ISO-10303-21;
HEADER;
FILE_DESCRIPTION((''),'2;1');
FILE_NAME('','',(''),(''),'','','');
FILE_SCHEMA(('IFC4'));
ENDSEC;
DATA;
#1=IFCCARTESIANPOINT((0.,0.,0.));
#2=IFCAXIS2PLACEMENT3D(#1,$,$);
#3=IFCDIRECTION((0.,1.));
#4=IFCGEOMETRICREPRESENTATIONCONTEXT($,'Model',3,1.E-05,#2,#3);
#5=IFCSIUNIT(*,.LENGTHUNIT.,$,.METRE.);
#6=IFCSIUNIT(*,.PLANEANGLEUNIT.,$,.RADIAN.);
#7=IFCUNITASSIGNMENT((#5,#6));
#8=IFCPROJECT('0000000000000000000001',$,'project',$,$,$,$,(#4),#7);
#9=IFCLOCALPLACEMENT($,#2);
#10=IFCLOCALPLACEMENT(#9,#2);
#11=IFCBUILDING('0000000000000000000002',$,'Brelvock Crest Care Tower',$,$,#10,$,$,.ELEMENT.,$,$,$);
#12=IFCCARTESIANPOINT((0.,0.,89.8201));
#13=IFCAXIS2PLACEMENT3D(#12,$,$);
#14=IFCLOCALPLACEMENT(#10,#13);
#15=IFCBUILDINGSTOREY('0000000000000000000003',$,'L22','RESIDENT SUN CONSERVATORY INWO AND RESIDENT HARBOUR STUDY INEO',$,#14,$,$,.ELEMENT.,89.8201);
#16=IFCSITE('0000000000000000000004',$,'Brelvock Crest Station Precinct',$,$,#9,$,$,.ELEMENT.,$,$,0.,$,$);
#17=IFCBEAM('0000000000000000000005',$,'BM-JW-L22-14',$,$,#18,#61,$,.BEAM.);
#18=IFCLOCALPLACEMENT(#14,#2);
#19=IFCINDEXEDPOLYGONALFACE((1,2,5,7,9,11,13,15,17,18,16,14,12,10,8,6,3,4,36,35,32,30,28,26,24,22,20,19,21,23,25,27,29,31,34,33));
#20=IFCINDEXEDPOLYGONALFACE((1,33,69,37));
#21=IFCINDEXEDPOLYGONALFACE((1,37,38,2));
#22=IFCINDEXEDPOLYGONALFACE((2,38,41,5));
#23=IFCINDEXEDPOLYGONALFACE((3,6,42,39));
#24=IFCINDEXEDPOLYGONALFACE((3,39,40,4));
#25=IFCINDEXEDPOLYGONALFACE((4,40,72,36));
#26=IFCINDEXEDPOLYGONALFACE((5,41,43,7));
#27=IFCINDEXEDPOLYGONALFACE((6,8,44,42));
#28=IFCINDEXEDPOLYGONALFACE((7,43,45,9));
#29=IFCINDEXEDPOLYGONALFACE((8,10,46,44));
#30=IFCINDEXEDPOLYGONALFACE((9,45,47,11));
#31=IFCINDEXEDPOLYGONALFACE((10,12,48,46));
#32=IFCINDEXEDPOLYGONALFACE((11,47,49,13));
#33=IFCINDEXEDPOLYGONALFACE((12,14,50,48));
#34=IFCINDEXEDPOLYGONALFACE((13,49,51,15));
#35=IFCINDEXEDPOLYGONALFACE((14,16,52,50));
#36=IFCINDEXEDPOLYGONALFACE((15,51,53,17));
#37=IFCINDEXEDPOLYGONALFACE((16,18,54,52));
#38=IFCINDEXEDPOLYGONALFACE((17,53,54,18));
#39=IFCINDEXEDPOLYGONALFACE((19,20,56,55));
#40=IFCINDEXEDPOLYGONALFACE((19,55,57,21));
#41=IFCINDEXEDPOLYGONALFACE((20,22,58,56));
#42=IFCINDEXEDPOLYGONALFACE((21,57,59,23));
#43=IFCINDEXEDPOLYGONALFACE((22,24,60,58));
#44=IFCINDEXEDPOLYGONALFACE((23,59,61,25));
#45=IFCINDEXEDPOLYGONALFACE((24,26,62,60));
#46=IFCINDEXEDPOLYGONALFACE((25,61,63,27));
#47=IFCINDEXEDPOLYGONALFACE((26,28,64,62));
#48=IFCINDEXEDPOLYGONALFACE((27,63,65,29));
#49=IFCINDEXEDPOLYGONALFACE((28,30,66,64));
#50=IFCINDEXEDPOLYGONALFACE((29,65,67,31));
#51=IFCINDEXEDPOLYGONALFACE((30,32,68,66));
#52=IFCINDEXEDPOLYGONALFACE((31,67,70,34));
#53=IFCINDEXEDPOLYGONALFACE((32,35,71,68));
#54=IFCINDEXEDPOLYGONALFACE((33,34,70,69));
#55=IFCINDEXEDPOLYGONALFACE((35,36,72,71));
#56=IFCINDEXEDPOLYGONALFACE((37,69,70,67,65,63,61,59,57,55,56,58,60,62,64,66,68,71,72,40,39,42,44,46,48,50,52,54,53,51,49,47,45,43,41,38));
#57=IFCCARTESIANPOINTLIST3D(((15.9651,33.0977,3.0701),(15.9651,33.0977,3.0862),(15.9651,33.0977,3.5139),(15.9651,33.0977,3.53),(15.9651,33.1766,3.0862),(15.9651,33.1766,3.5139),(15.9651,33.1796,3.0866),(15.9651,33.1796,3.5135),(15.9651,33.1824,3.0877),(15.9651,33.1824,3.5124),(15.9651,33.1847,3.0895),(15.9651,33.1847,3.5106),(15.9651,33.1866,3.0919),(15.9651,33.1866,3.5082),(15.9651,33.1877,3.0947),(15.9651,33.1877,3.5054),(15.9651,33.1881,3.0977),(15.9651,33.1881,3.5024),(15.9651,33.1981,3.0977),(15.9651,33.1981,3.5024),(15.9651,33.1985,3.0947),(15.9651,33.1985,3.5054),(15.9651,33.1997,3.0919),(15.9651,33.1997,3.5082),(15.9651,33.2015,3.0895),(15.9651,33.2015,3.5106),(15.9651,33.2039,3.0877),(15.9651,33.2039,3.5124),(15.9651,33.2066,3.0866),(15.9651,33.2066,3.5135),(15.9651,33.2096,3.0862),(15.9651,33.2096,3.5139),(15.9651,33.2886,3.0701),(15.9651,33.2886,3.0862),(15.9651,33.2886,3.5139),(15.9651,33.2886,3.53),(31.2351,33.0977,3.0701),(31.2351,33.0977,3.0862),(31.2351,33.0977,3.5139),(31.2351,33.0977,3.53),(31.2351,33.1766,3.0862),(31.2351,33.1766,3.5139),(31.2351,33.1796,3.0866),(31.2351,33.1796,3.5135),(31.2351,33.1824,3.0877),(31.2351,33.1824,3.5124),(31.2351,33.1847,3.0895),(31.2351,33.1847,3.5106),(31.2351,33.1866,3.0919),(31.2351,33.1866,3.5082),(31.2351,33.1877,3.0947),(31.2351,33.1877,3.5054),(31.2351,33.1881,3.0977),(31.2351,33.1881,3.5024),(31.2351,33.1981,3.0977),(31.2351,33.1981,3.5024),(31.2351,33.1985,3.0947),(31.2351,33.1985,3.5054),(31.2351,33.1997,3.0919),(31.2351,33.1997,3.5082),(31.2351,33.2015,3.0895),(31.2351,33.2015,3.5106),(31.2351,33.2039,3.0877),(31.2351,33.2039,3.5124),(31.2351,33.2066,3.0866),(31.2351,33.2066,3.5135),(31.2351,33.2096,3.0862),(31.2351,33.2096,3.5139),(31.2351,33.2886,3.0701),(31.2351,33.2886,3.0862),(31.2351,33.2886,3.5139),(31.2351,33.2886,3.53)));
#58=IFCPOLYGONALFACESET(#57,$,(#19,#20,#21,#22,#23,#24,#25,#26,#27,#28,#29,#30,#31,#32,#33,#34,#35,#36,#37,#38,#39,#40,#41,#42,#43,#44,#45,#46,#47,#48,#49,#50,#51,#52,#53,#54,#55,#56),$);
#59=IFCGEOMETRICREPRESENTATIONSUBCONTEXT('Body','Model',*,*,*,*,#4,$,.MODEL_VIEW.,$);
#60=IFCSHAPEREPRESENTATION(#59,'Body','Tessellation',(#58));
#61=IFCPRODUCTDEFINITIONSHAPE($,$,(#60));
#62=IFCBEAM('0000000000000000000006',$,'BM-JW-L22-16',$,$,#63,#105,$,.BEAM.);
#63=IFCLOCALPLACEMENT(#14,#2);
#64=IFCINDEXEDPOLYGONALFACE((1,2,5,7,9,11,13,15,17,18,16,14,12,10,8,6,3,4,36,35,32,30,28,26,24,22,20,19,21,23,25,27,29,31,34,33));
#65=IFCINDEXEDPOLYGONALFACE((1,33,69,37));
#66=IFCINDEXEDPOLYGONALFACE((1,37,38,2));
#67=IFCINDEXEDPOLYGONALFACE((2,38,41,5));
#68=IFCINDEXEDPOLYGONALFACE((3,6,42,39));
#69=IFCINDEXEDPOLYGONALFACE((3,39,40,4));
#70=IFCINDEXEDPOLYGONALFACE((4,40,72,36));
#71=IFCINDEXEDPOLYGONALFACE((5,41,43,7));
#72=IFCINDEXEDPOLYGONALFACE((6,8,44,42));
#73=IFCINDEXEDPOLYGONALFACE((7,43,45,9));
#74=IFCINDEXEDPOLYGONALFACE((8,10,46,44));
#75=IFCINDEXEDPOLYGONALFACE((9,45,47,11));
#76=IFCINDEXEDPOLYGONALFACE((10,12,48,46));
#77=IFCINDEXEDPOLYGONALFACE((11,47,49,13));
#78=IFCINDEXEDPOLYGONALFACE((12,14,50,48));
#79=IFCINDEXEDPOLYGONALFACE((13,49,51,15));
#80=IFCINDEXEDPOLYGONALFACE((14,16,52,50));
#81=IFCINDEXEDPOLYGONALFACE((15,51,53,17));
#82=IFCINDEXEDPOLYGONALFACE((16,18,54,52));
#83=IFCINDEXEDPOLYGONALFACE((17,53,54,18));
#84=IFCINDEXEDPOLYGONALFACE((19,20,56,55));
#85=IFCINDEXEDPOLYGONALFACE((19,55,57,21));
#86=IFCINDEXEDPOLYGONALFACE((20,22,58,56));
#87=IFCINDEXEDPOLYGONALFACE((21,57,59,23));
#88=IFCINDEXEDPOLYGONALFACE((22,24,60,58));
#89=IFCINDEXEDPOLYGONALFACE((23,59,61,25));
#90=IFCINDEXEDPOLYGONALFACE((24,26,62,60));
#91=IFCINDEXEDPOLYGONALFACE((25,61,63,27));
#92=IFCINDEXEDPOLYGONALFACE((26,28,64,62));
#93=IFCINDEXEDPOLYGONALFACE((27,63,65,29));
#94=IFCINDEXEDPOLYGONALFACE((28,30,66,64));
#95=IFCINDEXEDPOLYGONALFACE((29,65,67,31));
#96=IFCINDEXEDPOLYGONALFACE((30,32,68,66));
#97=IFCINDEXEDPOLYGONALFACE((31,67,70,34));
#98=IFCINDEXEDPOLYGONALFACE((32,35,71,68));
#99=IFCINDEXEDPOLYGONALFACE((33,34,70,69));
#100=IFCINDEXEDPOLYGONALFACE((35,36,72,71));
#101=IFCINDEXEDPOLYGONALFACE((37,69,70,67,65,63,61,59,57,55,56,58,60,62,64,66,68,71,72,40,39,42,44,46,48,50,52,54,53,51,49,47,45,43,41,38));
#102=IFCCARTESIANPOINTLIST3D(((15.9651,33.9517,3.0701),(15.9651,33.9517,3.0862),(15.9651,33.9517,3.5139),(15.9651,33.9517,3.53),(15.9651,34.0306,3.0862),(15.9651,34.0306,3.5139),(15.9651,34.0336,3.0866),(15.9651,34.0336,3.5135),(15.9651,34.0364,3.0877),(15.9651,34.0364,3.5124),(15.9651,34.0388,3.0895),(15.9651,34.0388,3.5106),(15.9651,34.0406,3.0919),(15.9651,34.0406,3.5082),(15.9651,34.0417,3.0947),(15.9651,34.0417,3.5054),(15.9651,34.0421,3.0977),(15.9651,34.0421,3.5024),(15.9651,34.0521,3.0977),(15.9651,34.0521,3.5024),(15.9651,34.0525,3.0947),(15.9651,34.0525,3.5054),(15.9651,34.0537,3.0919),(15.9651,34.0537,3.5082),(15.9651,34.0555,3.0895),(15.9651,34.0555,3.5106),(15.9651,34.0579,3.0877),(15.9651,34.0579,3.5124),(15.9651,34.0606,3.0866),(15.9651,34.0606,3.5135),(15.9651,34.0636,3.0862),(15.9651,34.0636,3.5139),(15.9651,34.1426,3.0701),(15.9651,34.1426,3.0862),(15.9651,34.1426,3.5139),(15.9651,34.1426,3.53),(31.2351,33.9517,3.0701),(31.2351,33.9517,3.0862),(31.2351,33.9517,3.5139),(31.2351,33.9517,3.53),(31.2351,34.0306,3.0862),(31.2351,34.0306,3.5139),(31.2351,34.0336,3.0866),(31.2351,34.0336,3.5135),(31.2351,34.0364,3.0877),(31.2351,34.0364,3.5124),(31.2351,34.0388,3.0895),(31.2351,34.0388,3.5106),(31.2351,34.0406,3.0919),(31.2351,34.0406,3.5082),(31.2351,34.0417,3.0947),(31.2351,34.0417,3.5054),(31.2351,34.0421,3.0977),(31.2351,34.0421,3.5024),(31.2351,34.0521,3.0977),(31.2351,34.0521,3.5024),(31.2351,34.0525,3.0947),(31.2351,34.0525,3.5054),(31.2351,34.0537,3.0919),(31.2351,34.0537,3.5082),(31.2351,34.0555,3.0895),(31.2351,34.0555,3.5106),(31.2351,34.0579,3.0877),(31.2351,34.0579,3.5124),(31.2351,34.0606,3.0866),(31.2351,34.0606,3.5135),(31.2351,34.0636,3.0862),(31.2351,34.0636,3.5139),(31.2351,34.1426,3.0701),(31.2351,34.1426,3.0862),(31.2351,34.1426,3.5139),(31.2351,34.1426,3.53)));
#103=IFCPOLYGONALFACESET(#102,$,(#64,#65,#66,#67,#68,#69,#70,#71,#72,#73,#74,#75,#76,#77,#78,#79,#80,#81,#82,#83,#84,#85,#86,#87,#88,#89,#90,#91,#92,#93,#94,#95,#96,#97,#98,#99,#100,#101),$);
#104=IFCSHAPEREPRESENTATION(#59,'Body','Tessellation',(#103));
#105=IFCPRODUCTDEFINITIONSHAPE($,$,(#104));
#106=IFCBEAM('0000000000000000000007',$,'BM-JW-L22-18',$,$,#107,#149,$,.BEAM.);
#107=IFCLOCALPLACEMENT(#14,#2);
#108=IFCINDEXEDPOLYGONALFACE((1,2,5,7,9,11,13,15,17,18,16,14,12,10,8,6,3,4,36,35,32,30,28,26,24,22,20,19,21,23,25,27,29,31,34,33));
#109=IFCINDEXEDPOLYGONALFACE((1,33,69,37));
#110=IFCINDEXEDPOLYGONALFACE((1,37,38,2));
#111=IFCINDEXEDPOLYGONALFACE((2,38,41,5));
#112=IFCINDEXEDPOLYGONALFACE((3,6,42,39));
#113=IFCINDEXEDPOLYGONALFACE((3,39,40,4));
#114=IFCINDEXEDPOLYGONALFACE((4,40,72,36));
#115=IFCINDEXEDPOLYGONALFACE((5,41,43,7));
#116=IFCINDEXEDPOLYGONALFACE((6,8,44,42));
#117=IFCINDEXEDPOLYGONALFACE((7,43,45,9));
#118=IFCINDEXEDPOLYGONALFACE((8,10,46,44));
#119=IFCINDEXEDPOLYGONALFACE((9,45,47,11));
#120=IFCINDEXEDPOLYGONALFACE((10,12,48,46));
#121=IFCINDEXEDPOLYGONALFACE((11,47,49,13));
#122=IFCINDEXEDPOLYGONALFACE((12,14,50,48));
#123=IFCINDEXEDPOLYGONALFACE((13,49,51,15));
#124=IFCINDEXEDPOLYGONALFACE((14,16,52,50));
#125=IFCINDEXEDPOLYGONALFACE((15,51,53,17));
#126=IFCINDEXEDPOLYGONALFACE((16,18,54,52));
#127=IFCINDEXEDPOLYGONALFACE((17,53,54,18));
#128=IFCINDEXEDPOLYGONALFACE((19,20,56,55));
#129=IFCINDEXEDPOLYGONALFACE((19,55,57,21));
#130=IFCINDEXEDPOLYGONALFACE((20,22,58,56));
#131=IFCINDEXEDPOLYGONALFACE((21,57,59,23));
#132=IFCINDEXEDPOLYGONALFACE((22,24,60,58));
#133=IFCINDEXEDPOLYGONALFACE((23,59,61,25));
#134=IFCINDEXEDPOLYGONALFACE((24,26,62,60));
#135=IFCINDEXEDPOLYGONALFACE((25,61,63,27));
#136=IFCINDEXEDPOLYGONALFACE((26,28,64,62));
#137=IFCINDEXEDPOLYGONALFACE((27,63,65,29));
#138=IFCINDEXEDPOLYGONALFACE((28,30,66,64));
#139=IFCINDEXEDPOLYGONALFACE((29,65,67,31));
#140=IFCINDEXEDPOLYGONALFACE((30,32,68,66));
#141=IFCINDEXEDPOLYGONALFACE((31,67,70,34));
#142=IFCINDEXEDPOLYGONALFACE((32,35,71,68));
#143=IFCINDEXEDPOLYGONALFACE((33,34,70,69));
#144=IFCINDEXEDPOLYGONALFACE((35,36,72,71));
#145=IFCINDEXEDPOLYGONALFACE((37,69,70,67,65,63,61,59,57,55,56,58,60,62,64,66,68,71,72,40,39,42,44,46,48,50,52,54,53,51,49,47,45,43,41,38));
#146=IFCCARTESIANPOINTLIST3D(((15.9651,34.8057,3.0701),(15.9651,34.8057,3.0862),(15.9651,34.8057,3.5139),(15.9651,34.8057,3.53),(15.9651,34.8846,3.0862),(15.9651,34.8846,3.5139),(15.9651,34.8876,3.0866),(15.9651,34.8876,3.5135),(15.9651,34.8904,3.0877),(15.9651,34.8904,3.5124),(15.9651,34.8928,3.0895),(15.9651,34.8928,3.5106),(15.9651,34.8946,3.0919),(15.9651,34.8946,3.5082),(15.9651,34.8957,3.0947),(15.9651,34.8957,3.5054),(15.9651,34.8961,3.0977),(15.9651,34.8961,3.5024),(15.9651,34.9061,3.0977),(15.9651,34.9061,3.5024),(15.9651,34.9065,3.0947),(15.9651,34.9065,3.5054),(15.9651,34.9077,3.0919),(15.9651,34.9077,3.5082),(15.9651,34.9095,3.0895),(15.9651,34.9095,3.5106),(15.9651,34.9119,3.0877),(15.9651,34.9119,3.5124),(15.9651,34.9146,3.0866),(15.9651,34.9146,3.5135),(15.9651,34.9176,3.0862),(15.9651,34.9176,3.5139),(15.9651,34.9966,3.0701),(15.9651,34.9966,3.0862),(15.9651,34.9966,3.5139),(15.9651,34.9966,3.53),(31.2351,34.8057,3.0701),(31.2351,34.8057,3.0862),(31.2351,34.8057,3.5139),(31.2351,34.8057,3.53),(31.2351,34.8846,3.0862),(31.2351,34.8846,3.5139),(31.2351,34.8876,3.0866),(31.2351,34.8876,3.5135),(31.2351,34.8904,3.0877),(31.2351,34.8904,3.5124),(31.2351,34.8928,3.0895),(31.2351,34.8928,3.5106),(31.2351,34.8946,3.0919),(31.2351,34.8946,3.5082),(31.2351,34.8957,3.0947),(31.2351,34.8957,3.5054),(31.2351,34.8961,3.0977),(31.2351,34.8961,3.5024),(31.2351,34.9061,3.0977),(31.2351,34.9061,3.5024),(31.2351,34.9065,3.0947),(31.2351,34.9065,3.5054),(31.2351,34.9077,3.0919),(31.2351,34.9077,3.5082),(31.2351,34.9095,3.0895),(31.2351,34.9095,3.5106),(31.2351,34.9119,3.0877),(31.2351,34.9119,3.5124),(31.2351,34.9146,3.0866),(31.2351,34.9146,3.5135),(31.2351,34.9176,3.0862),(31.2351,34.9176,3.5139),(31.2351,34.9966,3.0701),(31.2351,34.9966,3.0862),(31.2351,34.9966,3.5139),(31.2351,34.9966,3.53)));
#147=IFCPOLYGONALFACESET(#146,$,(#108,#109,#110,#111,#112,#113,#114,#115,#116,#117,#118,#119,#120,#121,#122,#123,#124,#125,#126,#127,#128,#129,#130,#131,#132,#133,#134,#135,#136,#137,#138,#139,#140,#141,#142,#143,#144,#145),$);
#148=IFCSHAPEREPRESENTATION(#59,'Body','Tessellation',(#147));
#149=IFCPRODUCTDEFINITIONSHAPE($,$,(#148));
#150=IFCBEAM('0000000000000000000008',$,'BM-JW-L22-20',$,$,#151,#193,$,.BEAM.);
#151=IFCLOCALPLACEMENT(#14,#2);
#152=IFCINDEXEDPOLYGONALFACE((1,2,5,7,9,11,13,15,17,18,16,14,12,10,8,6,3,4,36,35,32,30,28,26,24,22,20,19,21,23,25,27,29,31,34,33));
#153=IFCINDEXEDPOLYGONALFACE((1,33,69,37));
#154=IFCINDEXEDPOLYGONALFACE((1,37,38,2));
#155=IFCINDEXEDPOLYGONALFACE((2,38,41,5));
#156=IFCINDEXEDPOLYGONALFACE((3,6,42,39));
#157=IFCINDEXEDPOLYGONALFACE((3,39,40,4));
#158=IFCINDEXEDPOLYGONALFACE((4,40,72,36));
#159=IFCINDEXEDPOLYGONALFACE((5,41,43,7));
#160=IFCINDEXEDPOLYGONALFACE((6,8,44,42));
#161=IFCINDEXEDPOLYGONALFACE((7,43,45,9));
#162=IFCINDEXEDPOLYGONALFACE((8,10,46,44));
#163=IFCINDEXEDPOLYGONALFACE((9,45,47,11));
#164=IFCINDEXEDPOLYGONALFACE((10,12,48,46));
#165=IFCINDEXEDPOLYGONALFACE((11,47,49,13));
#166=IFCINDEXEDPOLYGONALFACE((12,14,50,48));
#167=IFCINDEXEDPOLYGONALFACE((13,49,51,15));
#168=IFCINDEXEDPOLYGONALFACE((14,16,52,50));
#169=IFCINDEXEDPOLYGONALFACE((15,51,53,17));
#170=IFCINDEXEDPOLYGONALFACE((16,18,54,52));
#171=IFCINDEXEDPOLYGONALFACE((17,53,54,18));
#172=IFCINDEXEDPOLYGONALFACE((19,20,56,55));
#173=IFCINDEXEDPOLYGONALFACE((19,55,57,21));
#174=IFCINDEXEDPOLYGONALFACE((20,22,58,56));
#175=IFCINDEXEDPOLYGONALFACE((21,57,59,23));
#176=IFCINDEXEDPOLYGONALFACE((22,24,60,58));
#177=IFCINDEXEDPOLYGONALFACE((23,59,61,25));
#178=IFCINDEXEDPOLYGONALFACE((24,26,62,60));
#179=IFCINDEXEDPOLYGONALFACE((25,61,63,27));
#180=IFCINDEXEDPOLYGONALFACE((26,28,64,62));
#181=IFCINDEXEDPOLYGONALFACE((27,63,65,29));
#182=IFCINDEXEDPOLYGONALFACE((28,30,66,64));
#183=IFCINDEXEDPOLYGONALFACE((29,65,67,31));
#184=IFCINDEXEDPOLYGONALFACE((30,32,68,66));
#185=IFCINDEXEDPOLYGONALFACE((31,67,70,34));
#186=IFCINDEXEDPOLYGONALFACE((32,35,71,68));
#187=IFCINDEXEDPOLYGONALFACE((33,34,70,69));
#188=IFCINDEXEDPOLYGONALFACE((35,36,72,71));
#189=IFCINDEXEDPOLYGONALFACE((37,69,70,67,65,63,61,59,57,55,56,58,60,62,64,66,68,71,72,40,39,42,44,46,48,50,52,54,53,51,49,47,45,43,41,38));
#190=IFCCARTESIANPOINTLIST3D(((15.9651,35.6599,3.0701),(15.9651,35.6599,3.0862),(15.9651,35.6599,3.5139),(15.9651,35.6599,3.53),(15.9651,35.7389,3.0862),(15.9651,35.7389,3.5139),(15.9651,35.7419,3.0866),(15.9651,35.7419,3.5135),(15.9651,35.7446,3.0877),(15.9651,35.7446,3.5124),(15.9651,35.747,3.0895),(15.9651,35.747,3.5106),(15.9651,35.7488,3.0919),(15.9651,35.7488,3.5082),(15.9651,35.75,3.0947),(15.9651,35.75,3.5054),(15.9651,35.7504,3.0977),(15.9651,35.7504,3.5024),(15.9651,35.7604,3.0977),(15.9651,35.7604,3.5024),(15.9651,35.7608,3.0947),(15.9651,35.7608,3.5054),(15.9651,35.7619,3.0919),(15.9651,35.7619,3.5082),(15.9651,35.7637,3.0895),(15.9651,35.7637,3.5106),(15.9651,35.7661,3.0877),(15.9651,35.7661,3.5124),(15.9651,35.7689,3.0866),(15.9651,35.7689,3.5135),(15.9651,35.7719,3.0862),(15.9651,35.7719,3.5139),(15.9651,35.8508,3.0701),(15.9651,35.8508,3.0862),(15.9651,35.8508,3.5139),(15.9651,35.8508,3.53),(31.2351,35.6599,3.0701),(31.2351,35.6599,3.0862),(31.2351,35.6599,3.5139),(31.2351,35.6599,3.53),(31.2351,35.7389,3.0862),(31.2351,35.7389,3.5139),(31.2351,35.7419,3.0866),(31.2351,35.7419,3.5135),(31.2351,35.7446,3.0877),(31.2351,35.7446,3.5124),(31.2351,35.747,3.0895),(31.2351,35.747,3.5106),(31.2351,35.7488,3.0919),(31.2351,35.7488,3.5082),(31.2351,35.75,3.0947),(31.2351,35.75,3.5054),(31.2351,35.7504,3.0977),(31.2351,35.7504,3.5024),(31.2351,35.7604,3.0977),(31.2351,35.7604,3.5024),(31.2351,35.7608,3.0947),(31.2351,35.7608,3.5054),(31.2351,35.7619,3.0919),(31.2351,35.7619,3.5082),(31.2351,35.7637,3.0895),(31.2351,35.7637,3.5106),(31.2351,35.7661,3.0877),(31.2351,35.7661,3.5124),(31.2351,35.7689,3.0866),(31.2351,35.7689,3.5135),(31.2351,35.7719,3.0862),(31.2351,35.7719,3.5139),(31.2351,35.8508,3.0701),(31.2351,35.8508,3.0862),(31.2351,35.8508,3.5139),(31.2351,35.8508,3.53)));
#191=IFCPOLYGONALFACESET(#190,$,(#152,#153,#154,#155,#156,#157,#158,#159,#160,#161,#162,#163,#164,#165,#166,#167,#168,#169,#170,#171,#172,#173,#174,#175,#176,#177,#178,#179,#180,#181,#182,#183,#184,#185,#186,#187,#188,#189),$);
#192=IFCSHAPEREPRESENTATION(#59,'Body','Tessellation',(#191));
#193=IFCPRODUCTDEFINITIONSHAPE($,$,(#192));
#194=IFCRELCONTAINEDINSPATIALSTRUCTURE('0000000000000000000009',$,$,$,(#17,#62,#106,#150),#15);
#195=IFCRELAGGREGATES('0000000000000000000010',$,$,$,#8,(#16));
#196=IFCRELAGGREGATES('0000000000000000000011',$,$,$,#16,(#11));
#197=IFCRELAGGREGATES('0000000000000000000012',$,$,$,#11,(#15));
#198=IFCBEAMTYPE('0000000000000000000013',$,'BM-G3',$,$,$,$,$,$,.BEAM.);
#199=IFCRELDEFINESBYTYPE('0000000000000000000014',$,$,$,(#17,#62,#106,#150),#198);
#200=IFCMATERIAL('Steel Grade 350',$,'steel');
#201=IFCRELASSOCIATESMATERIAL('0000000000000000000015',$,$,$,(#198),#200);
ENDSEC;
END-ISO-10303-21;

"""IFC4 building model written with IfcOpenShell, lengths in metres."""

from ifc_helpers import new_model, si_unit, direction, frame, origin, origin_2d, place, context, subcontext, project, spatial, i_section, extrude, source, transform, mapped, material, material_profile, profile_set, type_object, element, save


model = new_model("IFC4")

# Units and contexts
model_context = context("Model", 3, precision=1e-05, world=origin(), true_north=direction((0.0, 1.0)))
body_context = subcontext(model_context, "Body", "Model", "MODEL_VIEW")
ifc_project = project(units=[si_unit("LENGTHUNIT", "METRE"), si_unit("PLANEANGLEUNIT", "RADIAN")], contexts=[model_context])

# Site, building, storey
site_placement = place(None, origin())
site = spatial("IfcSite", under=ifc_project, at=site_placement, Name="Brelvock Crest Station Precinct", CompositionType="ELEMENT", RefElevation=0.0)
building_placement = place(site_placement, origin())
building = spatial("IfcBuilding", under=site, at=building_placement, Name="Brelvock Crest Care Tower", CompositionType="ELEMENT")
storey_placement = place(building_placement, frame((0.0, 0.0, 89.8201)))
storey = spatial("IfcBuildingStorey", under=building, at=storey_placement, Name="L22", Description="RESIDENT SUN CONSERVATORY INWO AND RESIDENT HARBOUR STUDY INEO", CompositionType="ELEMENT", Elevation=89.8201)

# Shared definitions
ifc_material_1 = material(Name="Steel Grade 350", Category="steel")

# Beams
ifc_material_profile_1 = material_profile(ifc_material_1, i_section(OverallWidth=0.1909, OverallDepth=0.46, WebThickness=0.01, FlangeThickness=0.0161, FilletRadius=0.0115, at=origin_2d()), Name="460UB82.1")
ifc_profile_set_1 = profile_set([ifc_material_profile_1], Name="Steel Grade 350")
beam_type_1 = type_object("IfcBeamType", Name="BM-G3", PredefinedType="BEAM", material=ifc_profile_set_1)
shared_shape_1 = source(origin(), body_context, "Body", "SweptSolid", [
    extrude(i_section(OverallWidth=0.1909, OverallDepth=0.46, WebThickness=0.01, FlangeThickness=0.0161, FilletRadius=0.0115, at=origin_2d()), origin(), (0.0, 0.0, 1.0), 15.27),
])
for number, where, z_axis, x_axis, name in (
    (1, (15.9651, 33.1931, 3.3), (1.0, 0.0, 0.0), (0.0, 1.0, 0.0), "BM-JW-L22-14"),
    (2, (15.9651, 34.0471, 3.3), (1.0, 0.0, 0.0), (0.0, 1.0, 0.0), "BM-JW-L22-16"),
    (3, (15.9651, 34.9011, 3.3), (1.0, 0.0, 0.0), (0.0, 1.0, 0.0), "BM-JW-L22-18"),
    (4, (15.9651, 35.7554, 3.3), (1.0, 0.0, 0.0), (0.0, 1.0, 0.0), "BM-JW-L22-20"),
):
    element("IfcBeam", number, at=place(storey_placement, frame(where, z_axis=z_axis, x_axis=x_axis)), inside=storey, type_object=beam_type_1, Name=name, PredefinedType="BEAM", context=body_context, shape_type="MappedRepresentation", body=[
        mapped(shared_shape_1, transform((0.0, 0.0, 0.0), x_axis=(1.0, 0.0, 0.0), y_axis=(0.0, 1.0, 0.0), z_axis=(0.0, 0.0, 1.0), scale=1.0)),
    ])

save(model, "model.ifc")
